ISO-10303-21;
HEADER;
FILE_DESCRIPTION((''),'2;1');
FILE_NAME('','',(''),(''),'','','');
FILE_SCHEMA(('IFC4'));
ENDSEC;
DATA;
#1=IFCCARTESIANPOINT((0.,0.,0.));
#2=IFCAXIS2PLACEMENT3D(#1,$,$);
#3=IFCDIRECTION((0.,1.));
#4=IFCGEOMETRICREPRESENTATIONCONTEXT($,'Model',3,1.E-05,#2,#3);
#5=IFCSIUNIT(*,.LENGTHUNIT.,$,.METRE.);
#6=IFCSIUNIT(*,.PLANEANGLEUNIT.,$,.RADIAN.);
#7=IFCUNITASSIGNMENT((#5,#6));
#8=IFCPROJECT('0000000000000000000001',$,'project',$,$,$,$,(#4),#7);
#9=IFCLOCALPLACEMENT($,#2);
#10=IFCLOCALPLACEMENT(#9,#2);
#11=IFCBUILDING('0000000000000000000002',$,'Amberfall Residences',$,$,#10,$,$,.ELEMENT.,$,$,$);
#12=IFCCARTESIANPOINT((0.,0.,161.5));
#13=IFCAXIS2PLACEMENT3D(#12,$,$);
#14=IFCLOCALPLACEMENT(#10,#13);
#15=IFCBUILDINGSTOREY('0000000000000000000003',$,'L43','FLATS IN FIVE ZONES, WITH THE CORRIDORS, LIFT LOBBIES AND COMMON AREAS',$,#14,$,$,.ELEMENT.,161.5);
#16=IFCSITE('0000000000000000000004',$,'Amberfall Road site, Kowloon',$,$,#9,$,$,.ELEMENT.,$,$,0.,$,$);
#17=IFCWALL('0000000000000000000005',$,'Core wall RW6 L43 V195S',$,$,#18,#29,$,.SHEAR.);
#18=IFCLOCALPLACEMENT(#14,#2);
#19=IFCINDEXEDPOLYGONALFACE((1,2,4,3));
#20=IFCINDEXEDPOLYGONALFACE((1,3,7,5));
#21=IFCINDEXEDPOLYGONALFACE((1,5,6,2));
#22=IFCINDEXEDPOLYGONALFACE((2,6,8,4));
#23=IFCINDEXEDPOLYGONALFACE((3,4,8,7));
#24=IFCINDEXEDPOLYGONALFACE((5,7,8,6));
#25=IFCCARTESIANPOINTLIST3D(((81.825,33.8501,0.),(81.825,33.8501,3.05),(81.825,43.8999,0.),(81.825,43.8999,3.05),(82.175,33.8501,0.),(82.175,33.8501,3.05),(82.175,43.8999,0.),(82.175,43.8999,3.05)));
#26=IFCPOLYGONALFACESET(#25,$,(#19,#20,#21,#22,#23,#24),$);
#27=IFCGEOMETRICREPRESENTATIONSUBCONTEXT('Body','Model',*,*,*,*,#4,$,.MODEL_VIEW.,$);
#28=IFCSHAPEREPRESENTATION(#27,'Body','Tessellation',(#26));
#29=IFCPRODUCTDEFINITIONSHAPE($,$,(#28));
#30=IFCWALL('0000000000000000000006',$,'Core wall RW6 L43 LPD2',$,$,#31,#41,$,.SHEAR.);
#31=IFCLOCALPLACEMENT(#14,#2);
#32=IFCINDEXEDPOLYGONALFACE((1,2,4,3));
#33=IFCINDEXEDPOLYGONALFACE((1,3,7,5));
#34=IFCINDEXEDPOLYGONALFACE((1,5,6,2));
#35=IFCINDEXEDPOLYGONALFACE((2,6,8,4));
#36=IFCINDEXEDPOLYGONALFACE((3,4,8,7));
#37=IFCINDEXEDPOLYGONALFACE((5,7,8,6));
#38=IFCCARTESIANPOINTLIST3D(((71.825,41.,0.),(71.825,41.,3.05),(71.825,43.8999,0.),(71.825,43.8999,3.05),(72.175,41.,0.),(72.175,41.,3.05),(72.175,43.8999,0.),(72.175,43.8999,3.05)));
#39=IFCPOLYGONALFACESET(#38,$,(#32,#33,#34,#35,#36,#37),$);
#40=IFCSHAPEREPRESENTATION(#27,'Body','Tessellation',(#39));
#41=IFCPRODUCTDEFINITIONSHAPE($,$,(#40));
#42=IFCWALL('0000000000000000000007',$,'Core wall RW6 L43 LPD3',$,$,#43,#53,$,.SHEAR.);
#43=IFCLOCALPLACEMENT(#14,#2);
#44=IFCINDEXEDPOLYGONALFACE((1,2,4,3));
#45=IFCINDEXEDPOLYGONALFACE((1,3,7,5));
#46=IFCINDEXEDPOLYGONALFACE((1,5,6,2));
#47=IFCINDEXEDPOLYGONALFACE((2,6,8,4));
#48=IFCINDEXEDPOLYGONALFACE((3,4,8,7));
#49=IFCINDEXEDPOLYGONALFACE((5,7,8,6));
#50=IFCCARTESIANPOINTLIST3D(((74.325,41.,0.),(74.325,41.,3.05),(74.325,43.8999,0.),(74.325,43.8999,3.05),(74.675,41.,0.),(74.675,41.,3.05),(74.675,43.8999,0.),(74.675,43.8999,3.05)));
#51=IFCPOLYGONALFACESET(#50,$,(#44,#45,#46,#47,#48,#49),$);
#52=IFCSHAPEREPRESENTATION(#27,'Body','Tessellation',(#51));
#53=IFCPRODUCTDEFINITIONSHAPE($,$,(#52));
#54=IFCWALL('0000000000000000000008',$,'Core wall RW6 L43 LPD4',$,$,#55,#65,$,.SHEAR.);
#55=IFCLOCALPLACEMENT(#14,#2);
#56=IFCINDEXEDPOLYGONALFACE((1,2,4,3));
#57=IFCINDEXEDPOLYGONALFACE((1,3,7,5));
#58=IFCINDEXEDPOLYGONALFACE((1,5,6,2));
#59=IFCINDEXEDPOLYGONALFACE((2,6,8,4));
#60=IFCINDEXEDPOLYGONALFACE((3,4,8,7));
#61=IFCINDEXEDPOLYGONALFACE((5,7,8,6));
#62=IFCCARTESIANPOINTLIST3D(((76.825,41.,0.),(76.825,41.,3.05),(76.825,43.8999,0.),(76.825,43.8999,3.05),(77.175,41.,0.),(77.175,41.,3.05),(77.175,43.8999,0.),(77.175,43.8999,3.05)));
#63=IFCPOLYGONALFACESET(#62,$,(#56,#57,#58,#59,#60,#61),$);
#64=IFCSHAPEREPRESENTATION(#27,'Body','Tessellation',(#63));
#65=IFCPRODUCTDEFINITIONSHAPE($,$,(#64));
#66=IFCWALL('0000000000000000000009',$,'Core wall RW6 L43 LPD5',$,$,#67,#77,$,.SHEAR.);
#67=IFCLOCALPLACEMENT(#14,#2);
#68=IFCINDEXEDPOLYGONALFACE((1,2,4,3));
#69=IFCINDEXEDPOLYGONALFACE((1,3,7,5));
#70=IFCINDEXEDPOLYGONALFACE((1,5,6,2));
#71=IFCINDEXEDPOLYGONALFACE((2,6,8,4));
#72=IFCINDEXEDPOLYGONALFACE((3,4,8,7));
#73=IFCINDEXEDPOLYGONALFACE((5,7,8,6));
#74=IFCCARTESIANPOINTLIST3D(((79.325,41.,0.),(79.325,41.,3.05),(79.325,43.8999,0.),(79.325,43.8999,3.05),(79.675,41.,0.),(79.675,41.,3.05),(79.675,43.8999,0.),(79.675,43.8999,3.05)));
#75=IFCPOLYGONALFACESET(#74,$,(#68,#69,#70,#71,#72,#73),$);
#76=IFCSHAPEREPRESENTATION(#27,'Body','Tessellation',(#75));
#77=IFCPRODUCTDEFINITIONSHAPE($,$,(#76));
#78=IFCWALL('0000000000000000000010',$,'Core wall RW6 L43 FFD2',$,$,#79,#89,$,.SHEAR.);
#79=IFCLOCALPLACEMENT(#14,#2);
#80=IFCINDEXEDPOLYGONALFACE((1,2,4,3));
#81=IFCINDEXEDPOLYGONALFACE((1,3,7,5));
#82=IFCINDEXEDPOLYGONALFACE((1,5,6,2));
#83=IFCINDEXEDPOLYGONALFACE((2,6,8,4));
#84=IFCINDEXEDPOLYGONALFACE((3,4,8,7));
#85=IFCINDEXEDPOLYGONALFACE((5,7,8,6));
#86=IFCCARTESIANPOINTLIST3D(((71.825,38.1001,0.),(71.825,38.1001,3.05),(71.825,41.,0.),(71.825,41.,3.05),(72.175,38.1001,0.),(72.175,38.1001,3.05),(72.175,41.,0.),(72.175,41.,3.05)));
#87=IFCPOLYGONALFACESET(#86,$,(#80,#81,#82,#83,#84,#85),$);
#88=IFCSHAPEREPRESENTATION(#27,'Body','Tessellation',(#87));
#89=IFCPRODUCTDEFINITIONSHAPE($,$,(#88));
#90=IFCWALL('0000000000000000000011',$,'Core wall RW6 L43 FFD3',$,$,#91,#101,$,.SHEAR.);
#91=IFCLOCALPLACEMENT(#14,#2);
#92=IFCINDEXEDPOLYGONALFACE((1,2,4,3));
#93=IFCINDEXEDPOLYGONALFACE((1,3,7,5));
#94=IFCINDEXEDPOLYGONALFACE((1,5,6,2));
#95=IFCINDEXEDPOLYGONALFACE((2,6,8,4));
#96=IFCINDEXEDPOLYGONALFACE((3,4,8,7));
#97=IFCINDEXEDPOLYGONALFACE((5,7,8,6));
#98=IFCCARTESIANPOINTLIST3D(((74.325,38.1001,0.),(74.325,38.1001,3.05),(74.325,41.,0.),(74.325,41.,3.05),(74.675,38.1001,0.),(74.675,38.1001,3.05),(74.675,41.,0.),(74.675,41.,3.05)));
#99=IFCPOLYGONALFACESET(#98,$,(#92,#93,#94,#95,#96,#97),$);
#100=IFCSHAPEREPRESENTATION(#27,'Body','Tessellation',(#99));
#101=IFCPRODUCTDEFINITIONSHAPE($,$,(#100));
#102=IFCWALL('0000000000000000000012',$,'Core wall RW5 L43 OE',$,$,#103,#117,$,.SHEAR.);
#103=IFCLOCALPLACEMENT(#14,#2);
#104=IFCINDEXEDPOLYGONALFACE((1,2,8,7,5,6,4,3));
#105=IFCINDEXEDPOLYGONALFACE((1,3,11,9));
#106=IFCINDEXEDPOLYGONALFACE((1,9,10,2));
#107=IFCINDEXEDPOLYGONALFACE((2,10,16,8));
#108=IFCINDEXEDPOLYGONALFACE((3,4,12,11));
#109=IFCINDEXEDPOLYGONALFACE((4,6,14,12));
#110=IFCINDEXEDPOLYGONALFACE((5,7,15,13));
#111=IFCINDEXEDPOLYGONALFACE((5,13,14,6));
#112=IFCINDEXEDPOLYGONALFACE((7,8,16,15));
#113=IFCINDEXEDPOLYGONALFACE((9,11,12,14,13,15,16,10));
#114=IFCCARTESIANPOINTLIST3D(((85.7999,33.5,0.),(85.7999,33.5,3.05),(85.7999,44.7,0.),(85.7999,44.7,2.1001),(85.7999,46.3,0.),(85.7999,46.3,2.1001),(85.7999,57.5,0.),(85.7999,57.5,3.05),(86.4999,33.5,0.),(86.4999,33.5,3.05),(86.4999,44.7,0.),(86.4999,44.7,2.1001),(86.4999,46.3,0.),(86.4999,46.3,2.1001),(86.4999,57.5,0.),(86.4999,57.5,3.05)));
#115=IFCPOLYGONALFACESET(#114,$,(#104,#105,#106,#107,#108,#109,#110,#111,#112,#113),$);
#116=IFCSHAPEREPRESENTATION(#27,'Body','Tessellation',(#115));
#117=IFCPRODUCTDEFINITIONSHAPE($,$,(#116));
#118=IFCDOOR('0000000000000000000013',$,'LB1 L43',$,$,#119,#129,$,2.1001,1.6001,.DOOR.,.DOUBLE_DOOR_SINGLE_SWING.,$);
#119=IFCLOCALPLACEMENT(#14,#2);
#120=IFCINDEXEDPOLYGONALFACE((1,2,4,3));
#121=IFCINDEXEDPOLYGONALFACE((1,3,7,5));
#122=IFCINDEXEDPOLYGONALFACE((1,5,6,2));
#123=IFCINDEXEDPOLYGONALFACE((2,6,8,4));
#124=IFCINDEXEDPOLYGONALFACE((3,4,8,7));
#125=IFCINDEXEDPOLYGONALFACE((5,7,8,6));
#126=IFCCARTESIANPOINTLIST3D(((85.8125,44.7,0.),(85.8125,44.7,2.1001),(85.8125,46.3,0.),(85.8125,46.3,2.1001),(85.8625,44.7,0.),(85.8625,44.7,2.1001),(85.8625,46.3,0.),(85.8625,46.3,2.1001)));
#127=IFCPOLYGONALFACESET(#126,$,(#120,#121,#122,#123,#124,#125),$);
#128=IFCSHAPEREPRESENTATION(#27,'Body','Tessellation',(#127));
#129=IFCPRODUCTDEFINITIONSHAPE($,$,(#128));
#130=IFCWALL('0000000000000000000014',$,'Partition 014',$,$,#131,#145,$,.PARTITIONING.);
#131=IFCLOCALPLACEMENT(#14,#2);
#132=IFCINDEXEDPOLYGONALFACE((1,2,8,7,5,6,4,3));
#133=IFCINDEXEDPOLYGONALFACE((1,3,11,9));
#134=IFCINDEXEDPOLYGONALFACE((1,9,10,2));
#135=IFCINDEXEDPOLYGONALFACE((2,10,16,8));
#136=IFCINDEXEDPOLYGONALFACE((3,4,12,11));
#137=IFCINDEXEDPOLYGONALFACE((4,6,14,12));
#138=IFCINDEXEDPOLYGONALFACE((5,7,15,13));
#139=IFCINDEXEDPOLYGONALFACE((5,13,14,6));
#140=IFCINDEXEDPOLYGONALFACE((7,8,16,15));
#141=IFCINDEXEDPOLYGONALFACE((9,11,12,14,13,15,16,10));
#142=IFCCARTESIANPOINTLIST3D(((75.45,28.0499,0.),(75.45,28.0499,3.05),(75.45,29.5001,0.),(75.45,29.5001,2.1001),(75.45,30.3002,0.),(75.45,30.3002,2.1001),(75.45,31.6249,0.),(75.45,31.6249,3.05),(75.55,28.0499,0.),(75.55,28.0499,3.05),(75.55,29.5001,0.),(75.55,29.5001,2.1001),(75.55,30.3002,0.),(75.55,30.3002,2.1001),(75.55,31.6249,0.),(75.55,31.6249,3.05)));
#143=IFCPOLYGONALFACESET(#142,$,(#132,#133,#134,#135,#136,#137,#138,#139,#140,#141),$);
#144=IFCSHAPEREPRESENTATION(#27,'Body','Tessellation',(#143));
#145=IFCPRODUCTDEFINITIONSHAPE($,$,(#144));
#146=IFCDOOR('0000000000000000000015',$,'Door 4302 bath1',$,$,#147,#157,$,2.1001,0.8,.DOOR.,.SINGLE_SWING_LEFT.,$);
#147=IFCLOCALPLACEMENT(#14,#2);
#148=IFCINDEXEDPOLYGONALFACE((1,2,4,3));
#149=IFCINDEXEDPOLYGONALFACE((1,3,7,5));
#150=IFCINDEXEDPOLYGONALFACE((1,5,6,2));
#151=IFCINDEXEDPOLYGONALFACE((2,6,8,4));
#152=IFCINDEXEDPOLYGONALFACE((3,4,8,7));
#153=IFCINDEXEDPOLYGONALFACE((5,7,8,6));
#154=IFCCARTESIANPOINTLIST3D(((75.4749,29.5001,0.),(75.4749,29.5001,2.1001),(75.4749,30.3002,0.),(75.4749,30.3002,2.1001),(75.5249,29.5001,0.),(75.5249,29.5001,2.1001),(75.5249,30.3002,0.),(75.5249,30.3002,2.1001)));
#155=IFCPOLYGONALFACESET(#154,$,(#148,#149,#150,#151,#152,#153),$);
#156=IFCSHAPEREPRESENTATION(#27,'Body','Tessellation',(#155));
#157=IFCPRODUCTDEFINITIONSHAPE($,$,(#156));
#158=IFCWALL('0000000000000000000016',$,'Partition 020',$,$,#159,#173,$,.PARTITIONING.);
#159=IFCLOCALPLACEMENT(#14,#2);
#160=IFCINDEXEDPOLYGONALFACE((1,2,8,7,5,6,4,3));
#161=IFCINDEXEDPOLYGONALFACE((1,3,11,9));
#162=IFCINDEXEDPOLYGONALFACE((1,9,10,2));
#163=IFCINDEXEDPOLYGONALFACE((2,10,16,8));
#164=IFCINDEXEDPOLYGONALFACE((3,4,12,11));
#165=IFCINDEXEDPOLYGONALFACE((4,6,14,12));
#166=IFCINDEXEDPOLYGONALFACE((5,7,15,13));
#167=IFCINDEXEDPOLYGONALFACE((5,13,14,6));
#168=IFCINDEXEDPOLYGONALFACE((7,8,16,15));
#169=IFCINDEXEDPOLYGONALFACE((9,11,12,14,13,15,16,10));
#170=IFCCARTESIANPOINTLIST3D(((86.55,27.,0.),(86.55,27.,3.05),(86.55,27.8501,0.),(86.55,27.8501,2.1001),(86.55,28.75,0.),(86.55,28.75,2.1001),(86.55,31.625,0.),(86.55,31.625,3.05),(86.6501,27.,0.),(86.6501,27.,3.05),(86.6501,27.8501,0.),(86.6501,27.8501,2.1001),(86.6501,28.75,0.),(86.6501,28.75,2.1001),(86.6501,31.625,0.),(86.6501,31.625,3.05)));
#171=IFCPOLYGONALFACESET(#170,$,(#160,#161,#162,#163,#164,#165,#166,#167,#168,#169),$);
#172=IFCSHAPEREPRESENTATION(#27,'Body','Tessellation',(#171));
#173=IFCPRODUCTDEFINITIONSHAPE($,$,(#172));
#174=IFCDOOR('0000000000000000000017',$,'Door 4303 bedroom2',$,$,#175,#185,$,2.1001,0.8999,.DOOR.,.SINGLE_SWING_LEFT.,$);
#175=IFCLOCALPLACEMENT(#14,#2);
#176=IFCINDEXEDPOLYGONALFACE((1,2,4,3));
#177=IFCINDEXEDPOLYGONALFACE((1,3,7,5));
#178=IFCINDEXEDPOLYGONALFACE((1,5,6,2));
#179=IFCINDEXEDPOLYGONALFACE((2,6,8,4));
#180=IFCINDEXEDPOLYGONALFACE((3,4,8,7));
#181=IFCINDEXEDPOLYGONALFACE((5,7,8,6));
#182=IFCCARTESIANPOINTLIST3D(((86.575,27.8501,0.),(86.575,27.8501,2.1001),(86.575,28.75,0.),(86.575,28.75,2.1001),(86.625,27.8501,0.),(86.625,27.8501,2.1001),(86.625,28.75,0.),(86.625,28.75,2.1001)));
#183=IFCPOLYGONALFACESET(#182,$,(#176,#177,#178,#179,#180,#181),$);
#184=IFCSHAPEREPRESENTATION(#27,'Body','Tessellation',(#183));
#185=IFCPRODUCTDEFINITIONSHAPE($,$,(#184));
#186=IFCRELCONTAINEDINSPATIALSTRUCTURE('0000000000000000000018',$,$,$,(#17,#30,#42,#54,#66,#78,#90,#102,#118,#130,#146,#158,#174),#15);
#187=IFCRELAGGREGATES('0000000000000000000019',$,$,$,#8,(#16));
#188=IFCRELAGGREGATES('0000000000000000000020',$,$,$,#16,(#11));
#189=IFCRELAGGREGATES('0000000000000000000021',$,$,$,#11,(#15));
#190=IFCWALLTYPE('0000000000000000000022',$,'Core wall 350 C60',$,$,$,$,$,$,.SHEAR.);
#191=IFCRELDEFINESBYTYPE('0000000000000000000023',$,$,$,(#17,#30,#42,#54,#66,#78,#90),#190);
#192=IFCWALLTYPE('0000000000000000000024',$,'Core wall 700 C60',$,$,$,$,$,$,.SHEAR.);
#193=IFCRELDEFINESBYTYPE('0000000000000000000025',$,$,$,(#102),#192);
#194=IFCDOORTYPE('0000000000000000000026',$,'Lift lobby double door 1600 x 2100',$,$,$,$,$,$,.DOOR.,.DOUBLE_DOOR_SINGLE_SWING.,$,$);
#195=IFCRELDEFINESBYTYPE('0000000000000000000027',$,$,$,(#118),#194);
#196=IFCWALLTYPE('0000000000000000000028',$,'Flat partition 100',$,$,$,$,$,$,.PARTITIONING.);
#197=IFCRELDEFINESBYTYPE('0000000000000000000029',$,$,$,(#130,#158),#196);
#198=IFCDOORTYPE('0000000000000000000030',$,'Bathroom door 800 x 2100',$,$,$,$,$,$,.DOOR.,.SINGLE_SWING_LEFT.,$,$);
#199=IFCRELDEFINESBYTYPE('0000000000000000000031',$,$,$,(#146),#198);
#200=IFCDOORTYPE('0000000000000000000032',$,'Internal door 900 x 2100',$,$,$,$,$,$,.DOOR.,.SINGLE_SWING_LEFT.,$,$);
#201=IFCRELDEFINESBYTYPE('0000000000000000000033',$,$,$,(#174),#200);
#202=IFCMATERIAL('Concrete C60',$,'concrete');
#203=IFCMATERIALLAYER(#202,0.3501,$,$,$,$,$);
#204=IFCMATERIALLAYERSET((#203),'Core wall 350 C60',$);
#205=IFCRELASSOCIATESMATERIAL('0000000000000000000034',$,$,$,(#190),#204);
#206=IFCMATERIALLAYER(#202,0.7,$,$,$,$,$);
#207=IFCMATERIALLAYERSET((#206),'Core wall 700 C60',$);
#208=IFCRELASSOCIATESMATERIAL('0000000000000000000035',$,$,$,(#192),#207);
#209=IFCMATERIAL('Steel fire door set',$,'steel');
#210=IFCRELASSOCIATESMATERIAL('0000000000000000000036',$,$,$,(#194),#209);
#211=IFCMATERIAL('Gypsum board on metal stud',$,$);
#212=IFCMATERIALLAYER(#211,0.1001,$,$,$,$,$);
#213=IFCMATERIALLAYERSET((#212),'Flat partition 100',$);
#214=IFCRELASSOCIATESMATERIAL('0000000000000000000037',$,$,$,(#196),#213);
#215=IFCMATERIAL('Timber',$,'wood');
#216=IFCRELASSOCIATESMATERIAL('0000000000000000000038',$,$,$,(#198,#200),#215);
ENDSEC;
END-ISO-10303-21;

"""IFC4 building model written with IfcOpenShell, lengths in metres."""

from ifc_helpers import new_model, si_unit, direction, frame, frame_2d, origin, place, context, subcontext, project, spatial, rectangle, extrude, material, layer, layer_set, type_object, element, fill, save


model = new_model("IFC4")

# Units and contexts
model_context = context("Model", 3, precision=1e-05, world=origin(), true_north=direction((0.0, 1.0)))
body_context = subcontext(model_context, "Body", "Model", "MODEL_VIEW")
ifc_project = project(units=[si_unit("LENGTHUNIT", "METRE"), si_unit("PLANEANGLEUNIT", "RADIAN")], contexts=[model_context])

# Site, building, storey
site_placement = place(None, origin())
site = spatial("IfcSite", under=ifc_project, at=site_placement, Name="Amberfall Road site, Kowloon", CompositionType="ELEMENT", RefElevation=0.0)
building_placement = place(site_placement, origin())
building = spatial("IfcBuilding", under=site, at=building_placement, Name="Amberfall Residences", CompositionType="ELEMENT")
storey_placement = place(building_placement, frame((0.0, 0.0, 161.5)))
storey = spatial("IfcBuildingStorey", under=building, at=storey_placement, Name="L43", Description="FLATS IN FIVE ZONES, WITH THE CORRIDORS, LIFT LOBBIES AND COMMON AREAS", CompositionType="ELEMENT", Elevation=161.5)

# Walls
ifc_material_1 = material(Name="Concrete C60", Category="concrete")
ifc_layer_1 = layer(ifc_material_1, 0.3501)
ifc_layer_set_1 = layer_set([ifc_layer_1], Name="Core wall 350 C60")
wall_type_1 = type_object("IfcWallType", Name="Core wall 350 C60", PredefinedType="SHEAR", material=ifc_layer_set_1)
wall_1_placement = place(storey_placement, frame((82.0, 33.8501, 0.0), z_axis=(0.0, 0.0, 1.0), x_axis=(0.0, 1.0, 0.0)))
element("IfcWall", 1, at=wall_1_placement, inside=storey, type_object=wall_type_1, Name="Core wall RW6 L43 V195S", PredefinedType="SHEAR", context=body_context, shape_type="SweptSolid", body=[
    extrude(rectangle(XDim=10.0498, YDim=0.3501, at=frame_2d((5.0249, 0.0))), origin(), (0.0, 0.0, 1.0), 3.05),
])
for number, where, z_axis, x_axis, name in (
    (2, (72.0, 41.0, 0.0), (0.0, 0.0, 1.0), (0.0, 1.0, 0.0), "Core wall RW6 L43 LPD2"),
    (3, (74.5, 41.0, 0.0), (0.0, 0.0, 1.0), (0.0, 1.0, 0.0), "Core wall RW6 L43 LPD3"),
    (4, (77.0, 41.0, 0.0), (0.0, 0.0, 1.0), (0.0, 1.0, 0.0), "Core wall RW6 L43 LPD4"),
    (5, (79.5, 41.0, 0.0), (0.0, 0.0, 1.0), (0.0, 1.0, 0.0), "Core wall RW6 L43 LPD5"),
    (6, (72.0, 38.1001, 0.0), (0.0, 0.0, 1.0), (0.0, 1.0, 0.0), "Core wall RW6 L43 FFD2"),
    (7, (74.5, 38.1001, 0.0), (0.0, 0.0, 1.0), (0.0, 1.0, 0.0), "Core wall RW6 L43 FFD3"),
):
    element("IfcWall", number, at=place(storey_placement, frame(where, z_axis=z_axis, x_axis=x_axis)), inside=storey, type_object=wall_type_1, Name=name, PredefinedType="SHEAR", context=body_context, shape_type="SweptSolid", body=[
        extrude(rectangle(XDim=2.8999, YDim=0.3501, at=frame_2d((1.45, 0.0))), origin(), (0.0, 0.0, 1.0), 3.05),
    ])

# Walls, openings, doors
ifc_layer_2 = layer(ifc_material_1, 0.7)
ifc_layer_set_2 = layer_set([ifc_layer_2], Name="Core wall 700 C60")
wall_type_2 = type_object("IfcWallType", Name="Core wall 700 C60", PredefinedType="SHEAR", material=ifc_layer_set_2)
wall_2_placement = place(storey_placement, frame((86.1499, 33.5, 0.0), z_axis=(0.0, 0.0, 1.0), x_axis=(0.0, 1.0, 0.0)))
wall_2 = element("IfcWall", 8, at=wall_2_placement, inside=storey, type_object=wall_type_2, Name="Core wall RW5 L43 OE", PredefinedType="SHEAR", context=body_context, shape_type="SweptSolid", body=[
    extrude(rectangle(XDim=24.0, YDim=0.7, at=frame_2d((12.0, 0.0))), origin(), (0.0, 0.0, 1.0), 3.05),
])
opening_1_placement = place(wall_2_placement, frame((11.2, 0.0, 0.0)))
opening_1 = element("IfcOpeningElement", 9, at=opening_1_placement, cuts=wall_2, PredefinedType="OPENING", context=body_context, shape_type="SweptSolid", body=[
    extrude(rectangle(XDim=1.6001, YDim=2.1001, at=frame_2d((0.8, 1.05))), frame((0.0, 0.3599, 0.0), z_axis=(0.0, -1.0, 0.0), x_axis=(1.0, 0.0, 0.0)), (0.0, 0.0, 1.0), 0.72),
])
ifc_material_2 = material(Name="Steel fire door set", Category="steel")
door_type_1 = type_object("IfcDoorType", Name="Lift lobby double door 1600 x 2100", OperationType="DOUBLE_DOOR_SINGLE_SWING", PredefinedType="DOOR", material=ifc_material_2)
door_1_placement = place(opening_1_placement, origin())
door_1 = element("IfcDoor", 10, at=door_1_placement, inside=storey, type_object=door_type_1, Name="LB1 L43", OperationType="DOUBLE_DOOR_SINGLE_SWING", OverallHeight=2.1001, OverallWidth=1.6001, PredefinedType="DOOR", context=body_context, shape_type="SweptSolid", body=[
    extrude(rectangle(XDim=1.6001, YDim=2.1001, at=frame_2d((0.8, 1.05))), frame((0.0, 0.3374, 0.0), z_axis=(0.0, -1.0, 0.0), x_axis=(1.0, 0.0, 0.0)), (0.0, 0.0, 1.0), 0.05),
])
fill(opening_1, door_1)
ifc_material_3 = material(Name="Gypsum board on metal stud")
ifc_layer_3 = layer(ifc_material_3, 0.1001)
ifc_layer_set_3 = layer_set([ifc_layer_3], Name="Flat partition 100")
wall_type_3 = type_object("IfcWallType", Name="Flat partition 100", PredefinedType="PARTITIONING", material=ifc_layer_set_3)
wall_3_placement = place(storey_placement, frame((75.5, 31.625, 0.0), z_axis=(0.0, 0.0, 1.0), x_axis=(0.0, -1.0, 0.0)))
wall_3 = element("IfcWall", 11, at=wall_3_placement, inside=storey, type_object=wall_type_3, Name="Partition 014", PredefinedType="PARTITIONING", context=body_context, shape_type="SweptSolid", body=[
    extrude(rectangle(XDim=3.575, YDim=0.1001, at=frame_2d((1.7876, 0.0))), origin(), (0.0, 0.0, 1.0), 3.05),
])
opening_2_placement = place(wall_3_placement, frame((1.325, 0.0, 0.0)))
opening_2 = element("IfcOpeningElement", 12, at=opening_2_placement, cuts=wall_3, PredefinedType="OPENING", context=body_context, shape_type="SweptSolid", body=[
    extrude(rectangle(XDim=0.8, YDim=2.1001, at=frame_2d((0.3999, 1.05))), frame((0.0, 0.0601, 0.0), z_axis=(0.0, -1.0, 0.0), x_axis=(1.0, 0.0, 0.0)), (0.0, 0.0, 1.0), 0.1201),
])
ifc_material_4 = material(Name="Timber", Category="wood")
door_type_2 = type_object("IfcDoorType", Name="Bathroom door 800 x 2100", OperationType="SINGLE_SWING_LEFT", PredefinedType="DOOR", material=ifc_material_4)
door_2_placement = place(opening_2_placement, origin())
door_2 = element("IfcDoor", 13, at=door_2_placement, inside=storey, type_object=door_type_2, Name="Door 4302 bath1", OperationType="SINGLE_SWING_LEFT", OverallHeight=2.1001, OverallWidth=0.8, PredefinedType="DOOR", context=body_context, shape_type="SweptSolid", body=[
    extrude(rectangle(XDim=0.8, YDim=2.1001, at=frame_2d((0.3999, 1.05))), frame((0.0, 0.0249, 0.0), z_axis=(0.0, -1.0, 0.0), x_axis=(1.0, 0.0, 0.0)), (0.0, 0.0, 1.0), 0.05),
])
fill(opening_2, door_2)
wall_4_placement = place(storey_placement, frame((86.6001, 31.625, 0.0), z_axis=(0.0, 0.0, 1.0), x_axis=(0.0, -1.0, 0.0)))
wall_4 = element("IfcWall", 14, at=wall_4_placement, inside=storey, type_object=wall_type_3, Name="Partition 020", PredefinedType="PARTITIONING", context=body_context, shape_type="SweptSolid", body=[
    extrude(rectangle(XDim=4.625, YDim=0.1001, at=frame_2d((2.3125, 0.0))), origin(), (0.0, 0.0, 1.0), 3.05),
])
opening_3_placement = place(wall_4_placement, frame((2.875, 0.0, 0.0)))
opening_3 = element("IfcOpeningElement", 15, at=opening_3_placement, cuts=wall_4, PredefinedType="OPENING", context=body_context, shape_type="SweptSolid", body=[
    extrude(rectangle(XDim=0.8999, YDim=2.1001, at=frame_2d((0.45, 1.05))), frame((0.0, 0.0601, 0.0), z_axis=(0.0, -1.0, 0.0), x_axis=(1.0, 0.0, 0.0)), (0.0, 0.0, 1.0), 0.1201),
])
door_type_3 = type_object("IfcDoorType", Name="Internal door 900 x 2100", OperationType="SINGLE_SWING_LEFT", PredefinedType="DOOR", material=ifc_material_4)
door_3_placement = place(opening_3_placement, origin())
door_3 = element("IfcDoor", 16, at=door_3_placement, inside=storey, type_object=door_type_3, Name="Door 4303 bedroom2", OperationType="SINGLE_SWING_LEFT", OverallHeight=2.1001, OverallWidth=0.8999, PredefinedType="DOOR", context=body_context, shape_type="SweptSolid", body=[
    extrude(rectangle(XDim=0.8999, YDim=2.1001, at=frame_2d((0.45, 1.05))), frame((0.0, 0.0249, 0.0), z_axis=(0.0, -1.0, 0.0), x_axis=(1.0, 0.0, 0.0)), (0.0, 0.0, 1.0), 0.05),
])
fill(opening_3, door_3)

save(model, "model.ifc")
